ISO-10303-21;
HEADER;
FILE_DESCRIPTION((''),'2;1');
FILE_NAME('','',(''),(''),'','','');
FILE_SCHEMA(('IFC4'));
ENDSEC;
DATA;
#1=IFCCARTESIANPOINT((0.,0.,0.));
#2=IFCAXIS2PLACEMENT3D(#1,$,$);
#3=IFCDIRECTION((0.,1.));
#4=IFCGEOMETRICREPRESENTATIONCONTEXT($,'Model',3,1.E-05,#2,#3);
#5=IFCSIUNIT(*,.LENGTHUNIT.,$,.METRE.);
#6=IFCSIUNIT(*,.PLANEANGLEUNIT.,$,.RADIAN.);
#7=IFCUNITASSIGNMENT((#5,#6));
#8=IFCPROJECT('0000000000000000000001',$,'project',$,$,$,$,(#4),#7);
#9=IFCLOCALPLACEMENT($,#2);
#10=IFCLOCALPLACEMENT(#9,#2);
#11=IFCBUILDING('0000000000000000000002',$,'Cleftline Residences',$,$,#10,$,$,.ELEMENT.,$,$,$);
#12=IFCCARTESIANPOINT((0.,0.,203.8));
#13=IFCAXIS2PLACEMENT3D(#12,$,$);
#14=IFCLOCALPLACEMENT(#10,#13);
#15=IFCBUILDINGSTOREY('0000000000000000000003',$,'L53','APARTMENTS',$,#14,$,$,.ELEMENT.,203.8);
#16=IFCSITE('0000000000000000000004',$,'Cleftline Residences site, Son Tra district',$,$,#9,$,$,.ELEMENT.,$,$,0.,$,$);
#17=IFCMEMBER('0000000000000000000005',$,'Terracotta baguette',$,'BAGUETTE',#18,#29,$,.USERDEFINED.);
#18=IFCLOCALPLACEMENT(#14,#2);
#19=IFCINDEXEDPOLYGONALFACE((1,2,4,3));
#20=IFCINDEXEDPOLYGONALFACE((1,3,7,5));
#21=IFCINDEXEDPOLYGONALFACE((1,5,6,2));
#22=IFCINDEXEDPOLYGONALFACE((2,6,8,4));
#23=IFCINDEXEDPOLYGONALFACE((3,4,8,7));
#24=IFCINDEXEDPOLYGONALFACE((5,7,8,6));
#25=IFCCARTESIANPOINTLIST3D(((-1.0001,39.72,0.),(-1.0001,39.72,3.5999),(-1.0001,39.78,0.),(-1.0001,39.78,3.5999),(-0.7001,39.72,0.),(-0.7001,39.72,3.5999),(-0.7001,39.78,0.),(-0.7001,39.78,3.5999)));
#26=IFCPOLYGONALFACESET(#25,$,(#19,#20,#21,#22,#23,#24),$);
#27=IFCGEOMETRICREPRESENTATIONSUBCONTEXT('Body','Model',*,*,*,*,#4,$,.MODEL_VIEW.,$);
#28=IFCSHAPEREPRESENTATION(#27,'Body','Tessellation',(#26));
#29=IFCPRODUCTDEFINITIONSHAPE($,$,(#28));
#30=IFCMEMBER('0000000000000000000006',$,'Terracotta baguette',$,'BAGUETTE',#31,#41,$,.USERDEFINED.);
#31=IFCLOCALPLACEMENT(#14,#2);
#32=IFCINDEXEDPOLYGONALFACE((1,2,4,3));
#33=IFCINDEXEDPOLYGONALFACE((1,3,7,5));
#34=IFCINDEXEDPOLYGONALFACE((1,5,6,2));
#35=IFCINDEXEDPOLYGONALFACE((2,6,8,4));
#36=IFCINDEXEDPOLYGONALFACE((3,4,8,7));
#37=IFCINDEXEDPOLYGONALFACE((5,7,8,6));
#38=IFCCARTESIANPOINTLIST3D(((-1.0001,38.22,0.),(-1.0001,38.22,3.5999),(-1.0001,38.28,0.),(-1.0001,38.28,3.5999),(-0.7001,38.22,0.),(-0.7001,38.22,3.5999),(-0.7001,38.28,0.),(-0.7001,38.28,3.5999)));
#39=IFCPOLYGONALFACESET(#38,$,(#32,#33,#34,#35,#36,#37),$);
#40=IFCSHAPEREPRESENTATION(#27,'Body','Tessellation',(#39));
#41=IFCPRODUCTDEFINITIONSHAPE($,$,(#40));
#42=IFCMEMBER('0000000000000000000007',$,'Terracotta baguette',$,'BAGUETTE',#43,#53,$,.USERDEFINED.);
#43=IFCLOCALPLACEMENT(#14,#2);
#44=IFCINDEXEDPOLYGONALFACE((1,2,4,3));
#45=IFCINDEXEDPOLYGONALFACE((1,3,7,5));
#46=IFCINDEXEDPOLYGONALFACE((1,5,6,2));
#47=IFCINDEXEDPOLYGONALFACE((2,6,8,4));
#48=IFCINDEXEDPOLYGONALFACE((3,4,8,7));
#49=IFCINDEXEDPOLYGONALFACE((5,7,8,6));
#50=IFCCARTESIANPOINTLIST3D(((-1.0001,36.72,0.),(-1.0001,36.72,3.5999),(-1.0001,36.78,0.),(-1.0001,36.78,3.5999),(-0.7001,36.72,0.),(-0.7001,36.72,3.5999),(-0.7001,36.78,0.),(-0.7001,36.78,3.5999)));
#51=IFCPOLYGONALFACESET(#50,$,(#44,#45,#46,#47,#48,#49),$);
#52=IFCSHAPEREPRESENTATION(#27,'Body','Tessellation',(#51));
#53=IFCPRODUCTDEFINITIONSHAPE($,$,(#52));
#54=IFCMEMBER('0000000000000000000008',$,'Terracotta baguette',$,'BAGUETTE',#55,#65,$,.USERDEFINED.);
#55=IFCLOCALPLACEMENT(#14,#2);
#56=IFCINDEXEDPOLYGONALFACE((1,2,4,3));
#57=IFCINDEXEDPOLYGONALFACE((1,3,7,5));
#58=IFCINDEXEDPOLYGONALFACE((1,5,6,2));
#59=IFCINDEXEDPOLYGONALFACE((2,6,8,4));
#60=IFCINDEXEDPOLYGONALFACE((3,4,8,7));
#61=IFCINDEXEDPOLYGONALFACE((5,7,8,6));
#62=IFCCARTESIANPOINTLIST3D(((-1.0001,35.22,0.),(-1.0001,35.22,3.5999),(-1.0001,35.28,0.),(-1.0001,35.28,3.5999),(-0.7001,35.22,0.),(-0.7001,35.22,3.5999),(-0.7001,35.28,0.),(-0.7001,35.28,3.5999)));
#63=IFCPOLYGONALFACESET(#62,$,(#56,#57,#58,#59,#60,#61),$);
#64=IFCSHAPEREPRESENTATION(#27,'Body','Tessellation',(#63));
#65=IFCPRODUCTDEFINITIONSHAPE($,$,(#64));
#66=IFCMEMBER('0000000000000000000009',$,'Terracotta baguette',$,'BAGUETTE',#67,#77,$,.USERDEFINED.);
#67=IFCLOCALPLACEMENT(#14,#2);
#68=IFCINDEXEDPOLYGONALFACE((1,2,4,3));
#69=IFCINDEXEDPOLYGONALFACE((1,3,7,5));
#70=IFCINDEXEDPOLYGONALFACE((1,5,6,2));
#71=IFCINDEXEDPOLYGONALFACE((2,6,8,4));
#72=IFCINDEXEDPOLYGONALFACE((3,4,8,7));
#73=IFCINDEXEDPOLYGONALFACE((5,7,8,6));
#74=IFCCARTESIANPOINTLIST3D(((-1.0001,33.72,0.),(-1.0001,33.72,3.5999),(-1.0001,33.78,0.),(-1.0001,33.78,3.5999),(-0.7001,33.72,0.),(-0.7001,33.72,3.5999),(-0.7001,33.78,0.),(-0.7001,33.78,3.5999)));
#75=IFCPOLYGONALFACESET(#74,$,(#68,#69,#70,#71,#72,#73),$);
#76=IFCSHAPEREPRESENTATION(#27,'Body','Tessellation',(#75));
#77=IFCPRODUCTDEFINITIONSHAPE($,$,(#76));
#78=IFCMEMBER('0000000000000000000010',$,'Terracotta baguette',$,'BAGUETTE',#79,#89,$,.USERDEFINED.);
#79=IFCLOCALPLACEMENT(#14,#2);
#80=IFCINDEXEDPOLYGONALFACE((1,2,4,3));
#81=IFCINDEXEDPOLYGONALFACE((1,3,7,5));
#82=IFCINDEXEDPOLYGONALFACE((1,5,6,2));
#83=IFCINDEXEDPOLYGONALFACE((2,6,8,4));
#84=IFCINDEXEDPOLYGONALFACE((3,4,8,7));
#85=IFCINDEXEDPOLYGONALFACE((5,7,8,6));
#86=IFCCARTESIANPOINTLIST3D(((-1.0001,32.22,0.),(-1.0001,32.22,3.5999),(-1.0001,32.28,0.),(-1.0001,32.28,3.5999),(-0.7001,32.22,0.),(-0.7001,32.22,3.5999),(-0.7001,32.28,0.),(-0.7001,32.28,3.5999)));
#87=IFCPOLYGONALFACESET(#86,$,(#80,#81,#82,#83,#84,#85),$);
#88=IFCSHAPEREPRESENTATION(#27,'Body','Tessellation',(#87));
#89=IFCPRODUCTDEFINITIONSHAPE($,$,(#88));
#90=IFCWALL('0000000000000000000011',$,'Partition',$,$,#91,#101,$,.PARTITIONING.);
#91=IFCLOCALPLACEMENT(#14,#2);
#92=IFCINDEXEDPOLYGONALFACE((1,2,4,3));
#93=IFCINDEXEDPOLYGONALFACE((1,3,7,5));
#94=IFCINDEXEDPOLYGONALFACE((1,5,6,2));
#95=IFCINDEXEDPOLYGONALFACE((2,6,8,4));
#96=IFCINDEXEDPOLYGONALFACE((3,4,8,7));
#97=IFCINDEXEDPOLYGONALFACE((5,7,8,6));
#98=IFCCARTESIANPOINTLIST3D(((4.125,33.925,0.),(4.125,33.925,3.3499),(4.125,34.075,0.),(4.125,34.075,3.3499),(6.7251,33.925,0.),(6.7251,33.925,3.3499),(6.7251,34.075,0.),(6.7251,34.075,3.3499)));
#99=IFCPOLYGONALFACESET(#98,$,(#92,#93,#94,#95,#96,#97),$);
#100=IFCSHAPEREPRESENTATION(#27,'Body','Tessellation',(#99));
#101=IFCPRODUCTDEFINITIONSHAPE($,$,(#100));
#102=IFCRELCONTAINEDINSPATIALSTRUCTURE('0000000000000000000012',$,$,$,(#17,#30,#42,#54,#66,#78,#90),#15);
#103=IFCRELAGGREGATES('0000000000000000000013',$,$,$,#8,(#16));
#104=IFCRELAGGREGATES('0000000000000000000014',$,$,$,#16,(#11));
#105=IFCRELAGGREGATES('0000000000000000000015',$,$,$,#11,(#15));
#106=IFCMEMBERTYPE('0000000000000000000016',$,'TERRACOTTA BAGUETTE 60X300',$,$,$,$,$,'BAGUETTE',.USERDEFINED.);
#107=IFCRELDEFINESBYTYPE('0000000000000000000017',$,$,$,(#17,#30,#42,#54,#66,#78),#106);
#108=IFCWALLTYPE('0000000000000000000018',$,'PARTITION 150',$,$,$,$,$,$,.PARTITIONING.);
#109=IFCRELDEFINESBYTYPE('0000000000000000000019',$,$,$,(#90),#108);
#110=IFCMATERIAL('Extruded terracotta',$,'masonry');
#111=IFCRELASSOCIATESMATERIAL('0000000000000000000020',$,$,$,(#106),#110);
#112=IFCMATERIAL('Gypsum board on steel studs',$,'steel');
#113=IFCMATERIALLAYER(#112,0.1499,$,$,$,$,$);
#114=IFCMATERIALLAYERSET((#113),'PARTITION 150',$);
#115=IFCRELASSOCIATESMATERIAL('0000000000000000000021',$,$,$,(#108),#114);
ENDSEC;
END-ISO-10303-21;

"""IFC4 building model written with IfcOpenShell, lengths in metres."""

from ifc_helpers import new_model, si_unit, direction, frame, frame_2d, origin, origin_2d, place, context, subcontext, project, spatial, rectangle, extrude, material, layer, layer_set, material_profile, profile_set, type_object, element, save


model = new_model("IFC4")

# Units and contexts
model_context = context("Model", 3, precision=1e-05, world=origin(), true_north=direction((0.0, 1.0)))
body_context = subcontext(model_context, "Body", "Model", "MODEL_VIEW")
ifc_project = project(units=[si_unit("LENGTHUNIT", "METRE"), si_unit("PLANEANGLEUNIT", "RADIAN")], contexts=[model_context])

# Site, building, storey
site_placement = place(None, origin())
site = spatial("IfcSite", under=ifc_project, at=site_placement, Name="Cleftline Residences site, Son Tra district", CompositionType="ELEMENT", RefElevation=0.0)
building_placement = place(site_placement, origin())
building = spatial("IfcBuilding", under=site, at=building_placement, Name="Cleftline Residences", CompositionType="ELEMENT")
storey_placement = place(building_placement, frame((0.0, 0.0, 203.8)))
storey = spatial("IfcBuildingStorey", under=building, at=storey_placement, Name="L53", Description="APARTMENTS", CompositionType="ELEMENT", Elevation=203.8)

# Members
ifc_material_1 = material(Name="Extruded terracotta", Category="masonry")
ifc_material_profile = material_profile(ifc_material_1, rectangle(XDim=0.0601, YDim=0.3, at=origin_2d()))
ifc_profile_set = profile_set([ifc_material_profile], Name="Extruded terracotta")
member_type = type_object("IfcMemberType", Name="TERRACOTTA BAGUETTE 60X300", ElementType="BAGUETTE", PredefinedType="USERDEFINED", material=ifc_profile_set)
for number, where, z_axis, x_axis, name in (
    (1, (-0.8501, 39.75, 0.0), (0.0, 0.0, 1.0), (0.0, 1.0, 0.0), "Terracotta baguette"),
    (2, (-0.8501, 38.25, 0.0), (0.0, 0.0, 1.0), (0.0, 1.0, 0.0), "Terracotta baguette"),
    (3, (-0.8501, 36.75, 0.0), (0.0, 0.0, 1.0), (0.0, 1.0, 0.0), "Terracotta baguette"),
    (4, (-0.8501, 35.25, 0.0), (0.0, 0.0, 1.0), (0.0, 1.0, 0.0), "Terracotta baguette"),
    (5, (-0.8501, 33.75, 0.0), (0.0, 0.0, 1.0), (0.0, 1.0, 0.0), "Terracotta baguette"),
    (6, (-0.8501, 32.25, 0.0), (0.0, 0.0, 1.0), (0.0, 1.0, 0.0), "Terracotta baguette"),
):
    element("IfcMember", number, at=place(storey_placement, frame(where, z_axis=z_axis, x_axis=x_axis)), inside=storey, type_object=member_type, Name=name, ObjectType="BAGUETTE", PredefinedType="USERDEFINED", context=body_context, shape_type="SweptSolid", body=[
        extrude(rectangle(XDim=0.0601, YDim=0.3, at=origin_2d()), origin(), (0.0, 0.0, 1.0), 3.5999),
    ])

# Wall
ifc_material_2 = material(Name="Gypsum board on steel studs", Category="steel")
ifc_layer = layer(ifc_material_2, 0.1499)
ifc_layer_set = layer_set([ifc_layer], Name="PARTITION 150")
wall_type = type_object("IfcWallType", Name="PARTITION 150", PredefinedType="PARTITIONING", material=ifc_layer_set)
wall_1_placement = place(storey_placement, frame((4.125, 34.0, 0.0), z_axis=(0.0, 0.0, 1.0), x_axis=(1.0, 0.0, 0.0)))
element("IfcWall", 7, at=wall_1_placement, inside=storey, type_object=wall_type, Name="Partition", PredefinedType="PARTITIONING", context=body_context, shape_type="SweptSolid", body=[
    extrude(rectangle(XDim=2.6001, YDim=0.1499, at=frame_2d((1.3, 0.0))), origin(), (0.0, 0.0, 1.0), 3.3499),
])

save(model, "model.ifc")
